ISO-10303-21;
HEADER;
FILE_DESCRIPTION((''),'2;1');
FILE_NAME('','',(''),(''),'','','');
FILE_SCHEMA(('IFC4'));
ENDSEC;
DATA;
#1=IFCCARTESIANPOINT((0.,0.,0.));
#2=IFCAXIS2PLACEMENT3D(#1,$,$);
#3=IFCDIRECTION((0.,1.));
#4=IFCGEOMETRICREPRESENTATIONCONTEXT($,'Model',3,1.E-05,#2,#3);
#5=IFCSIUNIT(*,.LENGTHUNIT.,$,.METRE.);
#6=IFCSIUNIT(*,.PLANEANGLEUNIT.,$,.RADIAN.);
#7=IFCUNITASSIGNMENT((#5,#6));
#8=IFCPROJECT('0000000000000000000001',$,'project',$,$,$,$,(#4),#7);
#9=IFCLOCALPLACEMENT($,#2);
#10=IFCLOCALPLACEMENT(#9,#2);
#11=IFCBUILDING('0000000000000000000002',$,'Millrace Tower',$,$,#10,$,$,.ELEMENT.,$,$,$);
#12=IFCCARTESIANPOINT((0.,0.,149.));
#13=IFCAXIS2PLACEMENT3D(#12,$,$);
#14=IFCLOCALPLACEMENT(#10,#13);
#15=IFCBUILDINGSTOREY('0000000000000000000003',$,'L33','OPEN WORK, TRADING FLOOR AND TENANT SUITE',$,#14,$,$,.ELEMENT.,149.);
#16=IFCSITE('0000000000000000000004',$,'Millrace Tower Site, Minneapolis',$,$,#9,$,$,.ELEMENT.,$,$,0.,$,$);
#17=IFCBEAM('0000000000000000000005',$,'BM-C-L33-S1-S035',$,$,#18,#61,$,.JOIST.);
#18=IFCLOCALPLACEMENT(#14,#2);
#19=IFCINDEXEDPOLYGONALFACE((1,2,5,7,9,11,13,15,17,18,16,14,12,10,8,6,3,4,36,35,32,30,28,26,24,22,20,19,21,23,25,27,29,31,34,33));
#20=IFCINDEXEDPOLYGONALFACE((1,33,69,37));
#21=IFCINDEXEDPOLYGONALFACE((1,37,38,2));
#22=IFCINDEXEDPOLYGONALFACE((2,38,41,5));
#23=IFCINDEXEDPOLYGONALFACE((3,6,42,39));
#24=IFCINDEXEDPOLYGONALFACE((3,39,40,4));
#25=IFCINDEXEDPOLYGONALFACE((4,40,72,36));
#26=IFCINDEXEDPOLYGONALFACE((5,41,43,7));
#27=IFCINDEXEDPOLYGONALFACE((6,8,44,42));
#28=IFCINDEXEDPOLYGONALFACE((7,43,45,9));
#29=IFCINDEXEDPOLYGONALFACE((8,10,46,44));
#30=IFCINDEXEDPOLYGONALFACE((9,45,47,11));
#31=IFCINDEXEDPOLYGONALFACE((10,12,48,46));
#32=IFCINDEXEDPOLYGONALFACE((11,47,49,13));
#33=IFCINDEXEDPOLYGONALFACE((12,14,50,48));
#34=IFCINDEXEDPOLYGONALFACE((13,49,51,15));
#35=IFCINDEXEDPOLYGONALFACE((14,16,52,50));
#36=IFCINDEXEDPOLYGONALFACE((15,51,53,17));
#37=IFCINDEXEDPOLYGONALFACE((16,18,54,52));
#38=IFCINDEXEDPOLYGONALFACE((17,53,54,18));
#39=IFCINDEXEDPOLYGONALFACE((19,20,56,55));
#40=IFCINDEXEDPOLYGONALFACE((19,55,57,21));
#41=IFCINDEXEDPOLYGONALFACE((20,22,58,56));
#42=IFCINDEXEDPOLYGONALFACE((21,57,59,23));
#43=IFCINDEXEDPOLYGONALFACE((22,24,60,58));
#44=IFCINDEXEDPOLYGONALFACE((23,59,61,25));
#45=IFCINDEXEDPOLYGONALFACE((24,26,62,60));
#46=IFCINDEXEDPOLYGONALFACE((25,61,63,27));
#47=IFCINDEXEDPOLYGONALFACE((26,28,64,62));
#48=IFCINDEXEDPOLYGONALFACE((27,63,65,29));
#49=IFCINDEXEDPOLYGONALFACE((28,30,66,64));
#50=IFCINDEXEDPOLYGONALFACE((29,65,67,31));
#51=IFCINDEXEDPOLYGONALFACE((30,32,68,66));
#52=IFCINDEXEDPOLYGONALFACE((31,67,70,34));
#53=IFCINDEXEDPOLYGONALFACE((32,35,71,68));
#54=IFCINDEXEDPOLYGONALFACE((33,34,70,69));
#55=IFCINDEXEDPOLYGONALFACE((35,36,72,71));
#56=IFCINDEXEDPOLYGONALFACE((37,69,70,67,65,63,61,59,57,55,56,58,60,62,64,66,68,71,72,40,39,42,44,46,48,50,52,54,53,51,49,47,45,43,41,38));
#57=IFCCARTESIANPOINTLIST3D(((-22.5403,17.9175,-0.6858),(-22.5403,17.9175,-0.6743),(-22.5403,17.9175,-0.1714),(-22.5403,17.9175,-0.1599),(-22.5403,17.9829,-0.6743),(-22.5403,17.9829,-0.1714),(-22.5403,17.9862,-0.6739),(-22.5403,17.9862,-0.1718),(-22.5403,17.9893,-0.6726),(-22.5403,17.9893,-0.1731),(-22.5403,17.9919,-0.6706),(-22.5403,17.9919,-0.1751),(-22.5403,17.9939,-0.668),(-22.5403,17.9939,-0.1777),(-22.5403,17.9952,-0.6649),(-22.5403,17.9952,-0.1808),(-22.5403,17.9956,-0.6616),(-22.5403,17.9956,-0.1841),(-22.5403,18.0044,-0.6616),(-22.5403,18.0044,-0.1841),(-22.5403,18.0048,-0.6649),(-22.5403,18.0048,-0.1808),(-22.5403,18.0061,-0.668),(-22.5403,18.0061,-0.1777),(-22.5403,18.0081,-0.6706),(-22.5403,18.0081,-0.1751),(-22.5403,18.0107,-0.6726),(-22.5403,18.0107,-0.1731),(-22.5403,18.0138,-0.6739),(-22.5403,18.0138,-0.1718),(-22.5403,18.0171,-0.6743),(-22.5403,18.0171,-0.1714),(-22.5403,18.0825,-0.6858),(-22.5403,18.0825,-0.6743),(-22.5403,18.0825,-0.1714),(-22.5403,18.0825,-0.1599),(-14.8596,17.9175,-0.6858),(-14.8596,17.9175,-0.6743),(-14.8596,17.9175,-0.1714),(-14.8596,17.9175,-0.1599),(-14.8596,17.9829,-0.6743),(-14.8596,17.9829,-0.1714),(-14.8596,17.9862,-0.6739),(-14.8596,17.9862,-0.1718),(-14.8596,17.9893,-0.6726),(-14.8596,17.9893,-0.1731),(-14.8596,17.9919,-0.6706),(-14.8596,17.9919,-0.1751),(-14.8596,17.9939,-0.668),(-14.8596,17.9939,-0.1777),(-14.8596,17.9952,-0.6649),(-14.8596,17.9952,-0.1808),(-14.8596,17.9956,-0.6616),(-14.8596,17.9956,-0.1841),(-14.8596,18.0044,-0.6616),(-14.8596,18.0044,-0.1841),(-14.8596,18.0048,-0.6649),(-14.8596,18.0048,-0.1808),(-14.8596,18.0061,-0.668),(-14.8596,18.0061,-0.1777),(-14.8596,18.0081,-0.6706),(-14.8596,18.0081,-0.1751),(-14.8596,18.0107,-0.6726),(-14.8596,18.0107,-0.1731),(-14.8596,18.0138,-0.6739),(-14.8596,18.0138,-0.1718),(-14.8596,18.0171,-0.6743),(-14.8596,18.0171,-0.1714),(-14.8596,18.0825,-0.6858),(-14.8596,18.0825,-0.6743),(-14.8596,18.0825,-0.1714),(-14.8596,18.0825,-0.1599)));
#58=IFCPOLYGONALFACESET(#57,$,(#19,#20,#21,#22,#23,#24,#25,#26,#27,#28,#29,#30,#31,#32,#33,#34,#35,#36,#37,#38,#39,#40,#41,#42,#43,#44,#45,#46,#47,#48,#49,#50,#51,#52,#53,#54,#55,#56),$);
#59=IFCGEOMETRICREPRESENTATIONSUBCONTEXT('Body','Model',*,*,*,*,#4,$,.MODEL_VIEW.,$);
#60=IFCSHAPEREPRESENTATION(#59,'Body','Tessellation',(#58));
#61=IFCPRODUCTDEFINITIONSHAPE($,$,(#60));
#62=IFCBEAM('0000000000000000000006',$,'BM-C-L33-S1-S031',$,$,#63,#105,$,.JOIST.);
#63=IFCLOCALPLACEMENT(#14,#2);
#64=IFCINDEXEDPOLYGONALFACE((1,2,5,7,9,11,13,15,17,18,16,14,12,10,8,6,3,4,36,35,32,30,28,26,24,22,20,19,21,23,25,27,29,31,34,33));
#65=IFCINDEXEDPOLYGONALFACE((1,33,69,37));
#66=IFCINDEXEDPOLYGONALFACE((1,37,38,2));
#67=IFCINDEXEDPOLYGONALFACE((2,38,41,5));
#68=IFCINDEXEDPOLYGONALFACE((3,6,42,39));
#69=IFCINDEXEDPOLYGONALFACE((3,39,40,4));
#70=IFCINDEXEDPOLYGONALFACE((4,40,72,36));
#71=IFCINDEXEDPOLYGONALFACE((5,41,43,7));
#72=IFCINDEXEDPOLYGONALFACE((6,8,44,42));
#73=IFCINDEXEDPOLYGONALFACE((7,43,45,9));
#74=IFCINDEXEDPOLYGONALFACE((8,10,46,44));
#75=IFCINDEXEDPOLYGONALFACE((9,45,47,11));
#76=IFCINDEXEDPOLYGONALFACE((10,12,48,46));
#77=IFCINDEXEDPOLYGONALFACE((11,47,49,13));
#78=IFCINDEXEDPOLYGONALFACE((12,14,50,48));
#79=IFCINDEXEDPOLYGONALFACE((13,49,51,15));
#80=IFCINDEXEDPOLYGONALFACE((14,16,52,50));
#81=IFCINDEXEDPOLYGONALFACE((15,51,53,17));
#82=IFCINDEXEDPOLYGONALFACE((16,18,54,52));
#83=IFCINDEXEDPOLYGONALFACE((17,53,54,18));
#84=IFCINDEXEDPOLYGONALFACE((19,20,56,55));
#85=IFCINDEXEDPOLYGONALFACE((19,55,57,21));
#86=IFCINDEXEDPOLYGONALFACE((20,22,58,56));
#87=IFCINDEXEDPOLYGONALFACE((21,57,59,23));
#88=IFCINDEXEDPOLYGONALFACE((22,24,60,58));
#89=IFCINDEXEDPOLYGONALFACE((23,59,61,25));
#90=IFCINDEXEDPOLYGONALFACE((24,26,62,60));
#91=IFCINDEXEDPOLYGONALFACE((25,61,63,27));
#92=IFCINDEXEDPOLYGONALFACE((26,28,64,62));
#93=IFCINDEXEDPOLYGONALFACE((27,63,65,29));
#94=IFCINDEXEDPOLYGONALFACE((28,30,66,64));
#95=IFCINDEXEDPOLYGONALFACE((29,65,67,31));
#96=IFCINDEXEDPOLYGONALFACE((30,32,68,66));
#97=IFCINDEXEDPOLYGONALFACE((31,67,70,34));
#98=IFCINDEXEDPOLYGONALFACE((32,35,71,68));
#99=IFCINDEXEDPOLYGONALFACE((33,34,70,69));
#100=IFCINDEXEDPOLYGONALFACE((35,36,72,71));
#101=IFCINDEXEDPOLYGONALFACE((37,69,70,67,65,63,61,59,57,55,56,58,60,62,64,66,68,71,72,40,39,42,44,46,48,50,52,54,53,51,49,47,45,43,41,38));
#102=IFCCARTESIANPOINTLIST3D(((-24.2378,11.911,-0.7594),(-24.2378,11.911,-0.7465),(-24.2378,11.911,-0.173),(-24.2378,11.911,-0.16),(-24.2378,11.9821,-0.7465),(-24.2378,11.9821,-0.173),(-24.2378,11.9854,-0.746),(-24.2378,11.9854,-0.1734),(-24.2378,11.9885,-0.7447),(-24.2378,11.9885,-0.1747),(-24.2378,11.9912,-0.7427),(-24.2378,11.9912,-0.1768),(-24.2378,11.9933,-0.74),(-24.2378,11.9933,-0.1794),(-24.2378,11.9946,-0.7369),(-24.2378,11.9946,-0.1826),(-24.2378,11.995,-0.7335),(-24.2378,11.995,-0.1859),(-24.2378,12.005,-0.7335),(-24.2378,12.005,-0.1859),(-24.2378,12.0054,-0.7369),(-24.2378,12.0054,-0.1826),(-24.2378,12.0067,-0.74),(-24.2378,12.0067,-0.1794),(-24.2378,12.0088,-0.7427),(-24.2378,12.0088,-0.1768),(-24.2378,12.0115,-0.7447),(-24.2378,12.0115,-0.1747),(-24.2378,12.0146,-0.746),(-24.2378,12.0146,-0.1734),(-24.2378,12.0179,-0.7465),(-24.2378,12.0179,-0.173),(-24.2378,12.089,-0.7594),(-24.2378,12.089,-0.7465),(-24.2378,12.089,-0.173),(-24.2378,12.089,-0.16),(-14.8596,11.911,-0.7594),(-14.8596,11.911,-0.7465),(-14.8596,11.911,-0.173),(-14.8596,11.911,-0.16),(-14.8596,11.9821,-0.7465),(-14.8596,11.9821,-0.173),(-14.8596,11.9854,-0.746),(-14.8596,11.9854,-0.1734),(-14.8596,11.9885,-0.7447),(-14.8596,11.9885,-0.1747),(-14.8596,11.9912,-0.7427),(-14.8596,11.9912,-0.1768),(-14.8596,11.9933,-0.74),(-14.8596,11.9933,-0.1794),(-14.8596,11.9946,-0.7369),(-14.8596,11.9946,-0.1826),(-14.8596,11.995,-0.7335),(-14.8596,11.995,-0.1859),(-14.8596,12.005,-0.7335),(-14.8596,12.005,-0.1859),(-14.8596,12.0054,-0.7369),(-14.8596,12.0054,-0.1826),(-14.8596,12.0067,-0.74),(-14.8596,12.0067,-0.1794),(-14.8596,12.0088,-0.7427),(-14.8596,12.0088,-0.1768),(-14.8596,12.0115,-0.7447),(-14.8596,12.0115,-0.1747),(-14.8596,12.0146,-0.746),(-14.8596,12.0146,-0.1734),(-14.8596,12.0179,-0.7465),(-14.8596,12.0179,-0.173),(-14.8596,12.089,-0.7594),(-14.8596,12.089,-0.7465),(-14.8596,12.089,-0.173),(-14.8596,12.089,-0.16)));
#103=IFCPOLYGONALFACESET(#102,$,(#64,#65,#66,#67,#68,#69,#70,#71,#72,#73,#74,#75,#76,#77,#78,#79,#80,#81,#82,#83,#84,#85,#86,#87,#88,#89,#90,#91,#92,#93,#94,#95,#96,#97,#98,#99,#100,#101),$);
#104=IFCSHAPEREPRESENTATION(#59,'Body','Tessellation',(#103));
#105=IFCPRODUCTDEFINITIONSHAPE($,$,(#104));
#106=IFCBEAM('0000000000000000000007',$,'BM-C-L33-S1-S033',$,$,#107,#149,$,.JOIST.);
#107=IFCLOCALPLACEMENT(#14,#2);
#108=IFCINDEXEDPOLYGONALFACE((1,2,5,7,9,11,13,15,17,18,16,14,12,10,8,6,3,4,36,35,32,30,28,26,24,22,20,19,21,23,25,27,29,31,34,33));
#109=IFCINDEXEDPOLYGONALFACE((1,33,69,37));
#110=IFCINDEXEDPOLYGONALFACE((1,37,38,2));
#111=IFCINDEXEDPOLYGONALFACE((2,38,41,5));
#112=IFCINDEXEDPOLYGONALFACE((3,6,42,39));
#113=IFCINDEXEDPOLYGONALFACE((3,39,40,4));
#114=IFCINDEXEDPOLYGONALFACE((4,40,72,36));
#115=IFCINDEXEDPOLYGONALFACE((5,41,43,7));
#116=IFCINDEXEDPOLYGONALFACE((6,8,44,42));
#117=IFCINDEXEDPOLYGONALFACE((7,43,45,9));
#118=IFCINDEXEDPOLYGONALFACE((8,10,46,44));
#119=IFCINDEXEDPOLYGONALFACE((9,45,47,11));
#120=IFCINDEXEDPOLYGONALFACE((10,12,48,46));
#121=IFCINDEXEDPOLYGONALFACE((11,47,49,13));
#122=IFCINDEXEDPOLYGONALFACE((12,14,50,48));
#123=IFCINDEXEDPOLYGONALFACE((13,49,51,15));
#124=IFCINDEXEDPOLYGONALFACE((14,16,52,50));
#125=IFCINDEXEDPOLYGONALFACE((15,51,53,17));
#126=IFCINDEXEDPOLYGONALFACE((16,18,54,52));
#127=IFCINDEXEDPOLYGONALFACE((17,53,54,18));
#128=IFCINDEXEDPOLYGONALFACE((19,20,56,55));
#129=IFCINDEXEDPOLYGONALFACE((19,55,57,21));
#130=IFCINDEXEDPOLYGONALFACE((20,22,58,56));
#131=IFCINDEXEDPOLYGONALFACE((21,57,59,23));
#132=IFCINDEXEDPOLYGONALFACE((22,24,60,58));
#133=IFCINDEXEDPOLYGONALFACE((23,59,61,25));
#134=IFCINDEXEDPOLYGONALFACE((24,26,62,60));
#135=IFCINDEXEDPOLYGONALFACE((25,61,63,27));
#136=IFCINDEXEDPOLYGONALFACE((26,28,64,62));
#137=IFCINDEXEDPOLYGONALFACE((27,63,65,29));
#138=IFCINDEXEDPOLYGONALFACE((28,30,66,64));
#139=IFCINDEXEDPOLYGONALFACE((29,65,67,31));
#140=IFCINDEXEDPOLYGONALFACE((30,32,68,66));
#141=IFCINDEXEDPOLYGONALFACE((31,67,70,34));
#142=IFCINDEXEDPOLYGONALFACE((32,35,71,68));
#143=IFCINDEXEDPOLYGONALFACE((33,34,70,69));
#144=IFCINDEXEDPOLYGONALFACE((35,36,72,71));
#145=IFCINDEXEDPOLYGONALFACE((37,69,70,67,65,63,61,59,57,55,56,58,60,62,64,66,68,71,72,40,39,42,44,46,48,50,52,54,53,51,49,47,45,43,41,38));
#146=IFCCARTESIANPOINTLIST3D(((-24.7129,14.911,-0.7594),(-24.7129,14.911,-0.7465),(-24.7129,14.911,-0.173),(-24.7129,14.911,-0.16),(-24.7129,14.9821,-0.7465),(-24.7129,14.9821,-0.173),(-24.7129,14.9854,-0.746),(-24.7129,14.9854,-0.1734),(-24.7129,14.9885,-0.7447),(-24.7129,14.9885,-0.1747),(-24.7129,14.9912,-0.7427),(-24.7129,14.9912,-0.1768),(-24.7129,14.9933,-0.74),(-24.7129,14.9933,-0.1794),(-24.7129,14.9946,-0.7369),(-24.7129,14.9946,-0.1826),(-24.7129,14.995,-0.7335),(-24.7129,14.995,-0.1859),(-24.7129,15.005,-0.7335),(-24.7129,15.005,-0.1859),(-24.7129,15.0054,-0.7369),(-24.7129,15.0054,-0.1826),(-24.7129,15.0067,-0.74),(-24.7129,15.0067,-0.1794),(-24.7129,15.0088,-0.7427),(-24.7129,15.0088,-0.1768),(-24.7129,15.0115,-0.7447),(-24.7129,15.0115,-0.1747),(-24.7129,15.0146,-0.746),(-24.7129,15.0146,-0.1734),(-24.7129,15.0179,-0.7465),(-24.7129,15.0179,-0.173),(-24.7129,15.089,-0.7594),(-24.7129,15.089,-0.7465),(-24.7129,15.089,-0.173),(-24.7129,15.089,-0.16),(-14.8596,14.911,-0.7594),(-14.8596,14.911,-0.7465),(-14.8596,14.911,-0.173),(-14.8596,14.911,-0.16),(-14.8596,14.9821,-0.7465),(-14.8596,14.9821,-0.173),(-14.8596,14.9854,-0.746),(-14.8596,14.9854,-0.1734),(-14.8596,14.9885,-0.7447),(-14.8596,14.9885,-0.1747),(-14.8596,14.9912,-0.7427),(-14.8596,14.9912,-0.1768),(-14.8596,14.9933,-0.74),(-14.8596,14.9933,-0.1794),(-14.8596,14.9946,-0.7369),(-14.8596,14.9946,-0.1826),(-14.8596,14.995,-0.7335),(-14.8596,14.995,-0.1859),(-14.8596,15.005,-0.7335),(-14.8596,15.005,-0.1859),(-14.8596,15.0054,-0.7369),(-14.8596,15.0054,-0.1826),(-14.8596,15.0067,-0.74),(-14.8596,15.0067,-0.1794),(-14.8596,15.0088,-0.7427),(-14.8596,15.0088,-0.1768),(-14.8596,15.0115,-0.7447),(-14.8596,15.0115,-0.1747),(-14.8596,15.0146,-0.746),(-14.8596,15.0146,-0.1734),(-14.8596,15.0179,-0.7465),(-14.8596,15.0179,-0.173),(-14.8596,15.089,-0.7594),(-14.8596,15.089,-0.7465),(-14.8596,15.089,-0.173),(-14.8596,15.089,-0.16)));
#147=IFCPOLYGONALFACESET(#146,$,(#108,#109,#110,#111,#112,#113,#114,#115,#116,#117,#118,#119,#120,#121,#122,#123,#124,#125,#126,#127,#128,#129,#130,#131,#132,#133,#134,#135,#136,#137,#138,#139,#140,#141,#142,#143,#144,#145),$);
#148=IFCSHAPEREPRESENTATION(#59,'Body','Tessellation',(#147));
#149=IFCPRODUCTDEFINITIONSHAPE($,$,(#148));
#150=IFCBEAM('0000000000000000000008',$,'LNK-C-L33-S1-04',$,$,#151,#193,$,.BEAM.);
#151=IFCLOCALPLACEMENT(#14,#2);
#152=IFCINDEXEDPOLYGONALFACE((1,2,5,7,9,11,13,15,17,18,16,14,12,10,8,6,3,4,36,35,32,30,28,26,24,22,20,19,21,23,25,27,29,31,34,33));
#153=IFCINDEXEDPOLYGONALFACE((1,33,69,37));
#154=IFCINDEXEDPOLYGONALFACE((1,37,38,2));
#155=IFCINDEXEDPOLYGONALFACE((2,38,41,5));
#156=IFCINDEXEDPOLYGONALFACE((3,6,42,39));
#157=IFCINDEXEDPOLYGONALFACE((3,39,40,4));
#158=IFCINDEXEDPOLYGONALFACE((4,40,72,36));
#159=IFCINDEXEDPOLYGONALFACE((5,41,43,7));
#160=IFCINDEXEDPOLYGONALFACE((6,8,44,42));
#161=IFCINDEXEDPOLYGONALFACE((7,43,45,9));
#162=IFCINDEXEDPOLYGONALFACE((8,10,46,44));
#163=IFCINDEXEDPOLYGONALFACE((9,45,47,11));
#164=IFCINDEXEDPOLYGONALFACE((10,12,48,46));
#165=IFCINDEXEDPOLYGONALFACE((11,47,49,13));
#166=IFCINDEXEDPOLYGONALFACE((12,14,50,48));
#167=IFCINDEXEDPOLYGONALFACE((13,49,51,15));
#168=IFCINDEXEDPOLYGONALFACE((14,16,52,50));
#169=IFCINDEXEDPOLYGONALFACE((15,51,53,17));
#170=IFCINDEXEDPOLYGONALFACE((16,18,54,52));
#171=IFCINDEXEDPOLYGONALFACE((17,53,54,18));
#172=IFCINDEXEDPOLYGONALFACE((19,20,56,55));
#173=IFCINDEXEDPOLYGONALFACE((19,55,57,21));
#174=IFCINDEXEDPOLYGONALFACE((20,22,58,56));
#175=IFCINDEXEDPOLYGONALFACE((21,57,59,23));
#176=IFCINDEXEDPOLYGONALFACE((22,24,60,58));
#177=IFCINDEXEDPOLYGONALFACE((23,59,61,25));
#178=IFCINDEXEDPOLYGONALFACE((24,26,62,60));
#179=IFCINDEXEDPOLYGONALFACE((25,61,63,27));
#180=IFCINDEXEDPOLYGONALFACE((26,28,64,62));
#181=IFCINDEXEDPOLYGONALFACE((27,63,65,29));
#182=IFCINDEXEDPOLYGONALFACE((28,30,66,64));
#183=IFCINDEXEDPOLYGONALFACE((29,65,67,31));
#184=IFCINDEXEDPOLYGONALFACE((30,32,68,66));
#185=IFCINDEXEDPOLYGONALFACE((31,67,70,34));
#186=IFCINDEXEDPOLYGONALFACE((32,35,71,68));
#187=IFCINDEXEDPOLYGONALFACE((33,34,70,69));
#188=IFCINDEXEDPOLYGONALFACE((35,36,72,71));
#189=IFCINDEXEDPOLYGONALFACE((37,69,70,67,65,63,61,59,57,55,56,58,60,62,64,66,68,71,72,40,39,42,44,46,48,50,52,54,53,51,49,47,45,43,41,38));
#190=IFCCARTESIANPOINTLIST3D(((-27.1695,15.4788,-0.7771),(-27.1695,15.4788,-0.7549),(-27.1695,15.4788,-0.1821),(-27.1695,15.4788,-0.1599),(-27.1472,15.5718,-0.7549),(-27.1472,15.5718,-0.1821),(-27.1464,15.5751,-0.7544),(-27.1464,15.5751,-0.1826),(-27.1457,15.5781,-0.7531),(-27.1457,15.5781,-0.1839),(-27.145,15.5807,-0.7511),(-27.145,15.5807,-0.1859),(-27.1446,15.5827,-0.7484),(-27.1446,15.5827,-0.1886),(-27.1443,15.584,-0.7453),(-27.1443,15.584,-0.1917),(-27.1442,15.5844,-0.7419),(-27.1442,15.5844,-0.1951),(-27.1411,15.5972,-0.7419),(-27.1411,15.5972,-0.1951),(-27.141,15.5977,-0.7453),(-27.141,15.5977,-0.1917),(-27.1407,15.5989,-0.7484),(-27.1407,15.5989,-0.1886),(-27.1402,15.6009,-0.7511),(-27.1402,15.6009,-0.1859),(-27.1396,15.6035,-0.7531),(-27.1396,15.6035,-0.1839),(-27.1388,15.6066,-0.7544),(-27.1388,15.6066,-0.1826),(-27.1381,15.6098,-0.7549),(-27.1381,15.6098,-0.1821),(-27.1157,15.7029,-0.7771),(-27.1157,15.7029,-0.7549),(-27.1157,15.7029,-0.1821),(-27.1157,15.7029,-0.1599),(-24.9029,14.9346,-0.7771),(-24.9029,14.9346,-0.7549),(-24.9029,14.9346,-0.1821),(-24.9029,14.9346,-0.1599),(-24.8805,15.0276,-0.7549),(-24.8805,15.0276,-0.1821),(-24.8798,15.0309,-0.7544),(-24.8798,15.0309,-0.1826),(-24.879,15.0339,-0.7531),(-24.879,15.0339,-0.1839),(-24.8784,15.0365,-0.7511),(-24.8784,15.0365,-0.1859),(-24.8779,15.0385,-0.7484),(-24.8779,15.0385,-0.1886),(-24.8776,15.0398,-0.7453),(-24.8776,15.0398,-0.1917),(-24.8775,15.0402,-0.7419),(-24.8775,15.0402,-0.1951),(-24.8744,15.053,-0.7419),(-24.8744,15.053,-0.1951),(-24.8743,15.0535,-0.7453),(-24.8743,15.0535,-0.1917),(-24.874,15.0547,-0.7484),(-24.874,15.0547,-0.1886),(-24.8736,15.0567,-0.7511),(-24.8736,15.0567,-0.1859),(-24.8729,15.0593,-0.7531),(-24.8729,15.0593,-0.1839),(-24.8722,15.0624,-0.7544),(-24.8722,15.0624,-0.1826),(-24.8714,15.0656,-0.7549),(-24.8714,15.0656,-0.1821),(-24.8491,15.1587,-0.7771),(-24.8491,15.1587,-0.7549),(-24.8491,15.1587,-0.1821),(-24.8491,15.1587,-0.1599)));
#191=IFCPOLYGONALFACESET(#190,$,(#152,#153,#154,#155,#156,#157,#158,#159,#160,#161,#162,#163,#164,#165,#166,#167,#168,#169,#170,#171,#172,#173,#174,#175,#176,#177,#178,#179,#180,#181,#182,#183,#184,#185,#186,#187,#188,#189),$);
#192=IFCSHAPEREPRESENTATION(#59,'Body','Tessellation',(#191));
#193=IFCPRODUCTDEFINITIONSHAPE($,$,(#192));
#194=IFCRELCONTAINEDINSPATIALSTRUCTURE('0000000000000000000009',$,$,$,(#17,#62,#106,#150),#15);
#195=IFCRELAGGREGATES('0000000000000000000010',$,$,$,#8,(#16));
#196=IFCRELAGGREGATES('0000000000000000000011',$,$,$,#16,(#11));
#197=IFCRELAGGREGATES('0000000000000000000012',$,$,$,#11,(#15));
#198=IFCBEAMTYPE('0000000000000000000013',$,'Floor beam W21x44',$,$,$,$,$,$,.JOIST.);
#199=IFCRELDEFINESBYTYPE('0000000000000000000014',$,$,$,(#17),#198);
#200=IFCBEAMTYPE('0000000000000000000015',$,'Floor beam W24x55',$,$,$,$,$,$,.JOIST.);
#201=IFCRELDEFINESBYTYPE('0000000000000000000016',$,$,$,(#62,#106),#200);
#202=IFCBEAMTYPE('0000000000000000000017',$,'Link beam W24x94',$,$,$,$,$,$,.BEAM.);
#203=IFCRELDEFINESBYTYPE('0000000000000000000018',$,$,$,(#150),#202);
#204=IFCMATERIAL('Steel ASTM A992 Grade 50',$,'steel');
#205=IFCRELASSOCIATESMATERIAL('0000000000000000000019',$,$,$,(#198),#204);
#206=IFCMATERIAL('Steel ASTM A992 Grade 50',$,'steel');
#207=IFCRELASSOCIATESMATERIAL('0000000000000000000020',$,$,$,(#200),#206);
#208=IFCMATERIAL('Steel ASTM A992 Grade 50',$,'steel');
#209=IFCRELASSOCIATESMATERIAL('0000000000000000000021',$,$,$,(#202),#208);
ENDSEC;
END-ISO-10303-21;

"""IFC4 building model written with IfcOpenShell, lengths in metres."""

from ifc_helpers import new_model, si_unit, direction, frame, origin, origin_2d, place, context, subcontext, project, spatial, i_section, extrude, material, material_profile, profile_set, type_object, element, save


model = new_model("IFC4")

# Units and contexts
model_context = context("Model", 3, precision=1e-05, world=origin(), true_north=direction((0.0, 1.0)))
body_context = subcontext(model_context, "Body", "Model", "MODEL_VIEW")
ifc_project = project(units=[si_unit("LENGTHUNIT", "METRE"), si_unit("PLANEANGLEUNIT", "RADIAN")], contexts=[model_context])

# Site, building, storey
site_placement = place(None, origin())
site = spatial("IfcSite", under=ifc_project, at=site_placement, Name="Millrace Tower Site, Minneapolis", CompositionType="ELEMENT", RefElevation=0.0)
building_placement = place(site_placement, origin())
building = spatial("IfcBuilding", under=site, at=building_placement, Name="Millrace Tower", CompositionType="ELEMENT")
storey_placement = place(building_placement, frame((0.0, 0.0, 149.0)))
storey = spatial("IfcBuildingStorey", under=building, at=storey_placement, Name="L33", Description="OPEN WORK, TRADING FLOOR AND TENANT SUITE", CompositionType="ELEMENT", Elevation=149.0)

# Beams
ifc_material_1 = material(Name="Steel ASTM A992 Grade 50", Category="steel")
ifc_material_profile_1 = material_profile(ifc_material_1, i_section(OverallWidth=0.165, OverallDepth=0.5259, WebThickness=0.0088, FlangeThickness=0.0115, FilletRadius=0.0127, at=origin_2d()))
ifc_profile_set_1 = profile_set([ifc_material_profile_1], Name="Steel ASTM A992 Grade 50")
beam_type_1 = type_object("IfcBeamType", Name="Floor beam W21x44", PredefinedType="JOIST", material=ifc_profile_set_1)
beam_1_placement = place(storey_placement, frame((-22.5403, 18.0, -0.4229), z_axis=(1.0, 0.0, 0.0), x_axis=(0.0, 1.0, 0.0)))
element("IfcBeam", 1, at=beam_1_placement, inside=storey, type_object=beam_type_1, Name="BM-C-L33-S1-S035", PredefinedType="JOIST", context=body_context, shape_type="SweptSolid", body=[
    extrude(i_section(OverallWidth=0.165, OverallDepth=0.5259, WebThickness=0.0088, FlangeThickness=0.0115, FilletRadius=0.0127, at=origin_2d()), origin(), (0.0, 0.0, 1.0), 7.6807),
])
ifc_material_2 = material(Name="Steel ASTM A992 Grade 50", Category="steel")
ifc_material_profile_2 = material_profile(ifc_material_2, i_section(OverallWidth=0.178, OverallDepth=0.5994, WebThickness=0.01, FlangeThickness=0.0129, FilletRadius=0.0129, at=origin_2d()))
ifc_profile_set_2 = profile_set([ifc_material_profile_2], Name="Steel ASTM A992 Grade 50")
beam_type_2 = type_object("IfcBeamType", Name="Floor beam W24x55", PredefinedType="JOIST", material=ifc_profile_set_2)
beam_2_placement = place(storey_placement, frame((-24.2378, 12.0, -0.4597), z_axis=(1.0, 0.0, 0.0), x_axis=(0.0, 1.0, 0.0)))
element("IfcBeam", 2, at=beam_2_placement, inside=storey, type_object=beam_type_2, Name="BM-C-L33-S1-S031", PredefinedType="JOIST", context=body_context, shape_type="SweptSolid", body=[
    extrude(i_section(OverallWidth=0.178, OverallDepth=0.5994, WebThickness=0.01, FlangeThickness=0.0129, FilletRadius=0.0129, at=origin_2d()), origin(), (0.0, 0.0, 1.0), 9.3782),
])
beam_3_placement = place(storey_placement, frame((-24.7129, 15.0, -0.4597), z_axis=(1.0, 0.0, 0.0), x_axis=(0.0, 1.0, 0.0)))
element("IfcBeam", 3, at=beam_3_placement, inside=storey, type_object=beam_type_2, Name="BM-C-L33-S1-S033", PredefinedType="JOIST", context=body_context, shape_type="SweptSolid", body=[
    extrude(i_section(OverallWidth=0.178, OverallDepth=0.5994, WebThickness=0.01, FlangeThickness=0.0129, FilletRadius=0.0129, at=origin_2d()), origin(), (0.0, 0.0, 1.0), 9.8533),
])
ifc_material_3 = material(Name="Steel ASTM A992 Grade 50", Category="steel")
ifc_material_profile_3 = material_profile(ifc_material_3, i_section(OverallWidth=0.2305, OverallDepth=0.6172, WebThickness=0.0132, FlangeThickness=0.0222, FilletRadius=0.0129, at=origin_2d()))
ifc_profile_set_3 = profile_set([ifc_material_profile_3], Name="Steel ASTM A992 Grade 50")
beam_type_3 = type_object("IfcBeamType", Name="Link beam W24x94", PredefinedType="BEAM", material=ifc_profile_set_3)
for number, where, z_axis, x_axis, name in (
    (4, (-24.876, 15.0466, -0.4685), (-0.972367, 0.233456, 0.0), (-0.233456, -0.972367, 0.0), "LNK-C-L33-S1-04"),
):
    element("IfcBeam", number, at=place(storey_placement, frame(where, z_axis=z_axis, x_axis=x_axis)), inside=storey, type_object=beam_type_3, Name=name, PredefinedType="BEAM", context=body_context, shape_type="SweptSolid", body=[
        extrude(i_section(OverallWidth=0.2305, OverallDepth=0.6172, WebThickness=0.0132, FlangeThickness=0.0222, FilletRadius=0.0129, at=origin_2d()), origin(), (0.0, 0.0, 1.0), 2.3311),
    ])

save(model, "model.ifc")
